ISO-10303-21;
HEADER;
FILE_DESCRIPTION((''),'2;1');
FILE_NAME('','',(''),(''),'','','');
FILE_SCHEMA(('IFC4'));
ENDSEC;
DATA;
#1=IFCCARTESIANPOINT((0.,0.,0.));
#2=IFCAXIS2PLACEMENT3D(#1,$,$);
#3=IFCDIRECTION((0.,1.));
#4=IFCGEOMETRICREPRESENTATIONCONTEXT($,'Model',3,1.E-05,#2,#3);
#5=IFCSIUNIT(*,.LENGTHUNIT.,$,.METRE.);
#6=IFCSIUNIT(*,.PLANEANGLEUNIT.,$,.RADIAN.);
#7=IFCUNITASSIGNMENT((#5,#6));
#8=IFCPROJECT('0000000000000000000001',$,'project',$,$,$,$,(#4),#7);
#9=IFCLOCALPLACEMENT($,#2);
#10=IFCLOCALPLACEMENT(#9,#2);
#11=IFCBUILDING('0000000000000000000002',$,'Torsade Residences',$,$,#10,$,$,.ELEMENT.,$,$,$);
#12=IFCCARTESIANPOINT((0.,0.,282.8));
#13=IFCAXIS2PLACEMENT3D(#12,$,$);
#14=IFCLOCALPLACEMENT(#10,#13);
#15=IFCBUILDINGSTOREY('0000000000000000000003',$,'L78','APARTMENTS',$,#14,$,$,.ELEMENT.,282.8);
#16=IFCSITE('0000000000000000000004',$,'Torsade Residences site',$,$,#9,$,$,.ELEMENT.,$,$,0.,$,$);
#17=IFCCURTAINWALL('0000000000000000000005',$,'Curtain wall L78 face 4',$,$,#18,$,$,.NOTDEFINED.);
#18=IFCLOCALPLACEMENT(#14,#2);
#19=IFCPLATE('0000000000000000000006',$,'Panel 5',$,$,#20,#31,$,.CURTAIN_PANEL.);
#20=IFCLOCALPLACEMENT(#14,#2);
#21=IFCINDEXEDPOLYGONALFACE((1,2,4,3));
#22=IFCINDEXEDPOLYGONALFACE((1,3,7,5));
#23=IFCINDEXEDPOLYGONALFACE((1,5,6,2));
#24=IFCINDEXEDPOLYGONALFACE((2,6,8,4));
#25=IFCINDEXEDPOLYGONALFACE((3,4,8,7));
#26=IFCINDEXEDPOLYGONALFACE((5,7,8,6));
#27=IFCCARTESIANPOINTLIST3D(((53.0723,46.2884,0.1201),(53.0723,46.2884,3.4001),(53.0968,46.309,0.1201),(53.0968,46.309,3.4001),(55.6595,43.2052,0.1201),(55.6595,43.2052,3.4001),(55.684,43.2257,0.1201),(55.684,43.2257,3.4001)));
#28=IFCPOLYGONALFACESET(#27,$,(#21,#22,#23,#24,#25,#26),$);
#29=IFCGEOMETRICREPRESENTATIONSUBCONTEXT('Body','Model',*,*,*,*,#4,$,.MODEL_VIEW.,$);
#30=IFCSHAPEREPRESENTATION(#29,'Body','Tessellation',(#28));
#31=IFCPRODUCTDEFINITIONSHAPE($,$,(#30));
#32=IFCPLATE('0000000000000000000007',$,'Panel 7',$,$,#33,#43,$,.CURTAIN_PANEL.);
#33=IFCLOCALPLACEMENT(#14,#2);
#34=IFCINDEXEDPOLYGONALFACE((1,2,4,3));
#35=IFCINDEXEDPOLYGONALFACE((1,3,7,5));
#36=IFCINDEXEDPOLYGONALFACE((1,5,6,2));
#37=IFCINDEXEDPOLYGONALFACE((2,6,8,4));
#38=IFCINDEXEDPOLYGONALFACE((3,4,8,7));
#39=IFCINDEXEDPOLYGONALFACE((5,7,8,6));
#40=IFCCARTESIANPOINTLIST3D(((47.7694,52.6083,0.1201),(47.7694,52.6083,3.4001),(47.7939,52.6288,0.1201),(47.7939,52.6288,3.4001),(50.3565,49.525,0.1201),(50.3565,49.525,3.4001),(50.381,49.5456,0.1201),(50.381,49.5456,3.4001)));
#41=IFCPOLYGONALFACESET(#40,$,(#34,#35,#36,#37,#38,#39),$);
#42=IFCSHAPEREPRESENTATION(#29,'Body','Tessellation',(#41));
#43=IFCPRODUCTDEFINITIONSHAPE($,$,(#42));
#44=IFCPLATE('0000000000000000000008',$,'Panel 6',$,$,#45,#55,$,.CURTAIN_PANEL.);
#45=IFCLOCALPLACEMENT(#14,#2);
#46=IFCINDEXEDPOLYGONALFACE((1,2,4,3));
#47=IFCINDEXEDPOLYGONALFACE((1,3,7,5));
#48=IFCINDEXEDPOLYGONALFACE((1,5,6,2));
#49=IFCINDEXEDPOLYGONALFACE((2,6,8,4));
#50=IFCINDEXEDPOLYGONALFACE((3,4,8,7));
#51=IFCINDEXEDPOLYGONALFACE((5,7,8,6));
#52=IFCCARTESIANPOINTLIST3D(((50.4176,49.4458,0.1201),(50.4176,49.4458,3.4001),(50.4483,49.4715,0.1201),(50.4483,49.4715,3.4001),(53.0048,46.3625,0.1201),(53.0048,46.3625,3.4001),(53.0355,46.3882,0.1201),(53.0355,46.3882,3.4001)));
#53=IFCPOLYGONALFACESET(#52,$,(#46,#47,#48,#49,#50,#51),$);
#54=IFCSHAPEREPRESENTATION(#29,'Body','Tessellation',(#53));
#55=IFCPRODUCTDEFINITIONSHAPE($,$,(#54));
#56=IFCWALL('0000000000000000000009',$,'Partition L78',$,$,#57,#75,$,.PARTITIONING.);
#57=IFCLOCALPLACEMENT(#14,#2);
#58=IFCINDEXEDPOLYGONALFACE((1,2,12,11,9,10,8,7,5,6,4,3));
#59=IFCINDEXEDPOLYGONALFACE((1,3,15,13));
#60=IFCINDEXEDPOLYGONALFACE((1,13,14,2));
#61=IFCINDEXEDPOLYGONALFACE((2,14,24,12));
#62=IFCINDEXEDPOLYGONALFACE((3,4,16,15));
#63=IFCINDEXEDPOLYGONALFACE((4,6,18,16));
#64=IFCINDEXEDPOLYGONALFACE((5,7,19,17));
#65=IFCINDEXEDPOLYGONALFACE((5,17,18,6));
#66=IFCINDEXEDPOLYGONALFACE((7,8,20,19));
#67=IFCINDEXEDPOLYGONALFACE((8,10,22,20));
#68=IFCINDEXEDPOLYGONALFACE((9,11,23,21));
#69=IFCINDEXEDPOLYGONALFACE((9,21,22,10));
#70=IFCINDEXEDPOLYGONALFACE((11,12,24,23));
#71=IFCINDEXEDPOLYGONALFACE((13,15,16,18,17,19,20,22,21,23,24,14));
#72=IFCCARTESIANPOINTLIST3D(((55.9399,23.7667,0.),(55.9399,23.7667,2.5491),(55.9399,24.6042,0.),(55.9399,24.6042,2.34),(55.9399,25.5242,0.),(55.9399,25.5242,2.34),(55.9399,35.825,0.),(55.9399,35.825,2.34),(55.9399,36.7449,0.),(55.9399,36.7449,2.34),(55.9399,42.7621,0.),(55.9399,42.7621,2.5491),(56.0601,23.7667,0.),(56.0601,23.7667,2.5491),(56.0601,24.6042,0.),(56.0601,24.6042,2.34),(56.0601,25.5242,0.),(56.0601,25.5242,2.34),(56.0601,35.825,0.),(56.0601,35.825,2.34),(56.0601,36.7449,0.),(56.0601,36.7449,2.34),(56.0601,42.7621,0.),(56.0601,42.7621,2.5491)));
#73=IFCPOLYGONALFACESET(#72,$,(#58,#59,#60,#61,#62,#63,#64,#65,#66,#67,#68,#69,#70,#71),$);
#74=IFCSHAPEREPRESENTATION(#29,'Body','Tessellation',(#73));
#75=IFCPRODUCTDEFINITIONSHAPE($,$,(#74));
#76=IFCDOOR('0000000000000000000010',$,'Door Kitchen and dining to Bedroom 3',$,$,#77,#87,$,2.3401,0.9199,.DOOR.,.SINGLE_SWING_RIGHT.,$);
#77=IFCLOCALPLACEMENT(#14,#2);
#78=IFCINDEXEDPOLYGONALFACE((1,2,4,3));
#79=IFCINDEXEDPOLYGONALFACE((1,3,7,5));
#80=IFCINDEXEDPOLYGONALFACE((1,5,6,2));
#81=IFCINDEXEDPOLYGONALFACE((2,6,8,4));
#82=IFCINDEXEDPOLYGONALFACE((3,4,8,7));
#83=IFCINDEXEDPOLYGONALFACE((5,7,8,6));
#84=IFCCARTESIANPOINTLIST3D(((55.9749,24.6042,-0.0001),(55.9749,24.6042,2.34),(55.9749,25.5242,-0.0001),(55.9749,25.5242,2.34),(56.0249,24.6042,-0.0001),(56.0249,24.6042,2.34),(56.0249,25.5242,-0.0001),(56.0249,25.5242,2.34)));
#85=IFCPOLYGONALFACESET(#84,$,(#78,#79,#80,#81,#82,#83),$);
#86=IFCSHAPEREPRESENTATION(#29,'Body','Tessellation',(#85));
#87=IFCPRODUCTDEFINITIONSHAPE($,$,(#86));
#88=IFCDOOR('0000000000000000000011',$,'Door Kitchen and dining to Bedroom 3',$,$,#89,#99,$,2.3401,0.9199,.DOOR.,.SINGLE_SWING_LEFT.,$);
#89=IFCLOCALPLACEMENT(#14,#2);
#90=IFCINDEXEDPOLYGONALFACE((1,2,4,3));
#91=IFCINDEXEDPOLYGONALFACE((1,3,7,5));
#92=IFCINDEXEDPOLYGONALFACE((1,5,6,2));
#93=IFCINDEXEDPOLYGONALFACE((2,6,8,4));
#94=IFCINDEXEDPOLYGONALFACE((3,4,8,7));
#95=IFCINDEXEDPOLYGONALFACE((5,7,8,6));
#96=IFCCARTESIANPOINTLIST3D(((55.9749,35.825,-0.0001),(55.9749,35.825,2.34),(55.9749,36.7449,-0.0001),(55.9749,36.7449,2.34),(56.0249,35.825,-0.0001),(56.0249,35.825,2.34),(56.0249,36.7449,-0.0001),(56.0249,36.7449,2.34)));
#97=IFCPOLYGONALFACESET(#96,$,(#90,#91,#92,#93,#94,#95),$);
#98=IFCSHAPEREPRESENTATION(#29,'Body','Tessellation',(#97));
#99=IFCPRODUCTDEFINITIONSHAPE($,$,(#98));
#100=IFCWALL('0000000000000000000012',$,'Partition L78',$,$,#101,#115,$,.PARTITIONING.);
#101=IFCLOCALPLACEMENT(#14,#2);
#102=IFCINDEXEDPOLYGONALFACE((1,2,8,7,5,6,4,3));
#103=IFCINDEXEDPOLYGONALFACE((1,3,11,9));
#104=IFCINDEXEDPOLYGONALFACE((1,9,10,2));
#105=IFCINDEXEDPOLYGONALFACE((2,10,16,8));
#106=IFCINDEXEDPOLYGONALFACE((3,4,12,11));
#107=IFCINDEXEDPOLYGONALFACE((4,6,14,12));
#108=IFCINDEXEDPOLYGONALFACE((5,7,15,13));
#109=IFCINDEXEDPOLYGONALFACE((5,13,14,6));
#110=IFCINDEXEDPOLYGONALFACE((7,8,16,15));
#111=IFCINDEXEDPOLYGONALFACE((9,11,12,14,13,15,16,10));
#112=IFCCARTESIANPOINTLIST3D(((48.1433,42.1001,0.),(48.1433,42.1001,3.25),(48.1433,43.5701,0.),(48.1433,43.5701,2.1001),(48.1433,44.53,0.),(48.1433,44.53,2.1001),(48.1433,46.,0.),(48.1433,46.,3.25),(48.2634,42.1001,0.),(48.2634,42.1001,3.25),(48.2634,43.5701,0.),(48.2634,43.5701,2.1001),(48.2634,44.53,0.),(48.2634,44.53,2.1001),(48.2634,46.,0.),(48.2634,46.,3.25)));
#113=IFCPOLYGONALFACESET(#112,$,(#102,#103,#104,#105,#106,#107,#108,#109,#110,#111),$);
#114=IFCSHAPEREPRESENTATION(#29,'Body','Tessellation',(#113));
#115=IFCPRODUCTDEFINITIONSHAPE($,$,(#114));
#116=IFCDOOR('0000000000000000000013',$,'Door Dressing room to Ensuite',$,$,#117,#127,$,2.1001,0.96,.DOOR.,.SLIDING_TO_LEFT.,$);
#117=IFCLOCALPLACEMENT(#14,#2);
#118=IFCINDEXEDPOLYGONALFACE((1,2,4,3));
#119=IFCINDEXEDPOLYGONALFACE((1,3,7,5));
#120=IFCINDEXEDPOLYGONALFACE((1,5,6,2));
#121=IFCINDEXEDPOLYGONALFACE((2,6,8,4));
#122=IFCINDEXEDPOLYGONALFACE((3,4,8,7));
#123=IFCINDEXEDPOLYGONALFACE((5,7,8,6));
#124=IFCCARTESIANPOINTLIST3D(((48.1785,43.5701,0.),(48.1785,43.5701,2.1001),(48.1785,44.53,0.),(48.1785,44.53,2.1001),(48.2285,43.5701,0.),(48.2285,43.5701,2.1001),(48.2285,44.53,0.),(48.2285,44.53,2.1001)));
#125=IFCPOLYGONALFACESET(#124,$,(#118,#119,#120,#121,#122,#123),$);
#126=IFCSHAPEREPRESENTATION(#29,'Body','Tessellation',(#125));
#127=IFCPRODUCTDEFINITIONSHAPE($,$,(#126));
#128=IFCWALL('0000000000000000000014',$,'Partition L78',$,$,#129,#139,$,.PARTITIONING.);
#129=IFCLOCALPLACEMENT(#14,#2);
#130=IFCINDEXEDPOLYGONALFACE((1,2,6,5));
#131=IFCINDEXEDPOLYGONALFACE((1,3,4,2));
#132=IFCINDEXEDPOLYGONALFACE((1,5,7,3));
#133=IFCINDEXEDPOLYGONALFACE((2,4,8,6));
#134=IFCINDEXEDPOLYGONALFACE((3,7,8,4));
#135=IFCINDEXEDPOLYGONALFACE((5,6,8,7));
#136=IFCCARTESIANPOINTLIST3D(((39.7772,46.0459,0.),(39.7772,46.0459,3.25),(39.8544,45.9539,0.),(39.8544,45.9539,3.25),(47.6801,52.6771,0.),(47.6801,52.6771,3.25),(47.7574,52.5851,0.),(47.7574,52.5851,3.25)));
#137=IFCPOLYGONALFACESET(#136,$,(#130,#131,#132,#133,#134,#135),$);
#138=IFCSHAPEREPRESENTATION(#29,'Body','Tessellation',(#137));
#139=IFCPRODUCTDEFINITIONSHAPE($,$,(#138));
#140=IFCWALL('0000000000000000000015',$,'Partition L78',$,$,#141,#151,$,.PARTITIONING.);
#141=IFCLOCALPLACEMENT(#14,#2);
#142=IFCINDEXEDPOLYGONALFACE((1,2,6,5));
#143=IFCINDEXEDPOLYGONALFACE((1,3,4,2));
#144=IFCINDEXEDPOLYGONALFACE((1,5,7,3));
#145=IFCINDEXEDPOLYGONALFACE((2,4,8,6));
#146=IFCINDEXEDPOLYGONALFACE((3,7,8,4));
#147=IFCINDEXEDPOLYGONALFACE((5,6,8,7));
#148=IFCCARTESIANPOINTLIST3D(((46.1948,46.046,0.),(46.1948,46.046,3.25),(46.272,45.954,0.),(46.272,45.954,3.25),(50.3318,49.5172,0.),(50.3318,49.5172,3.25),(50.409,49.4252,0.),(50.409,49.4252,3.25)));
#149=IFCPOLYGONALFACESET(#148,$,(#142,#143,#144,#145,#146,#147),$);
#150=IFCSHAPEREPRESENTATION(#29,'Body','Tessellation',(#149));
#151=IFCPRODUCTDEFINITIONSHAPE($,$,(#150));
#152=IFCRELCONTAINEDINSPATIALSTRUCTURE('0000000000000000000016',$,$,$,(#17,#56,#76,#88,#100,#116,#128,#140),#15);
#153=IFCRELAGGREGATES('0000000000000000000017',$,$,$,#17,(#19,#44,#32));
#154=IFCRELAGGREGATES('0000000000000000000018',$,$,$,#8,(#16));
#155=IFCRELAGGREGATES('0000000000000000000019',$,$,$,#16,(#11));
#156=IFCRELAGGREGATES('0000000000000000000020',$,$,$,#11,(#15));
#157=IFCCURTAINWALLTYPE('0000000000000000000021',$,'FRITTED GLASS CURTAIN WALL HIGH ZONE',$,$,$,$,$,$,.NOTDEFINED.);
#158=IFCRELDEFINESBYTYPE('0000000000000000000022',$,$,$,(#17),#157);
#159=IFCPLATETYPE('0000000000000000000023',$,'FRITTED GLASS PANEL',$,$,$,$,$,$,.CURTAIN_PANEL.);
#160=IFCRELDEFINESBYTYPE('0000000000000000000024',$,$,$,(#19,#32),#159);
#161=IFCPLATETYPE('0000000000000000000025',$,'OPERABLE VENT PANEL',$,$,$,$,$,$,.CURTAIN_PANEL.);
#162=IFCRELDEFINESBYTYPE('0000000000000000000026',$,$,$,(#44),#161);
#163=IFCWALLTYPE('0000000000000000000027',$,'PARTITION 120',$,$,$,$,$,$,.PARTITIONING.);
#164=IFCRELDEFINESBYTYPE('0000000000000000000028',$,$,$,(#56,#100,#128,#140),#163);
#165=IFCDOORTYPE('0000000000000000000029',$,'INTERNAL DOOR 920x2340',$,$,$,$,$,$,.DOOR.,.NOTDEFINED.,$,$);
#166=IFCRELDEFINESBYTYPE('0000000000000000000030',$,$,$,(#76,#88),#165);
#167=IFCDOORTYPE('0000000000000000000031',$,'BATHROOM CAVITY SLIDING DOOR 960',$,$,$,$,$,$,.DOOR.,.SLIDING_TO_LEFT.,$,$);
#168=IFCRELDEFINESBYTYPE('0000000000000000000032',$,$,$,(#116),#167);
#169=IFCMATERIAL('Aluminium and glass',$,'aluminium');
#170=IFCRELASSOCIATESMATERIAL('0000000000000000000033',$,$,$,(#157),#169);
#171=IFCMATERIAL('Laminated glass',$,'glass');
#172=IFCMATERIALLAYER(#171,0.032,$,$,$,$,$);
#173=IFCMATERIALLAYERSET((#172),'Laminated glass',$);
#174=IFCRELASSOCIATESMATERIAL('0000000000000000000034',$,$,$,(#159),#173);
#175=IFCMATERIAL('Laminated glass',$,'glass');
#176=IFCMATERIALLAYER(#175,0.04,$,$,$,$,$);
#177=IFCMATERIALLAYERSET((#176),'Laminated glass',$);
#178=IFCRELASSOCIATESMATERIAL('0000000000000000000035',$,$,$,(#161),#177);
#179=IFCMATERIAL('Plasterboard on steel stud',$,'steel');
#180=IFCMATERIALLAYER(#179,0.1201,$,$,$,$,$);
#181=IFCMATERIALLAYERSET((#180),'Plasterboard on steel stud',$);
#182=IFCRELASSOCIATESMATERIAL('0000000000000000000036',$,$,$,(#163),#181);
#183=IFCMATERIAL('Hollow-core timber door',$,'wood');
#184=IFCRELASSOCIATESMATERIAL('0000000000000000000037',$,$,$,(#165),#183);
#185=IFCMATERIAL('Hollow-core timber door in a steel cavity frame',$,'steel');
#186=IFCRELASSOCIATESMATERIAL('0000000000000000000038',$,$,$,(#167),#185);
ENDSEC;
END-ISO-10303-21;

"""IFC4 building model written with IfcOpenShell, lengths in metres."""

from ifc_helpers import new_model, si_unit, direction, frame, frame_2d, origin, origin_2d, place, context, subcontext, project, spatial, rectangle, extrude, material, layer, layer_set, type_object, element, fill, aggregate, save


model = new_model("IFC4")

# Units and contexts
model_context = context("Model", 3, precision=1e-05, world=origin(), true_north=direction((0.0, 1.0)))
body_context = subcontext(model_context, "Body", "Model", "MODEL_VIEW")
ifc_project = project(units=[si_unit("LENGTHUNIT", "METRE"), si_unit("PLANEANGLEUNIT", "RADIAN")], contexts=[model_context])

# Site, building, storey
site_placement = place(None, origin())
site = spatial("IfcSite", under=ifc_project, at=site_placement, Name="Torsade Residences site", CompositionType="ELEMENT", RefElevation=0.0)
building_placement = place(site_placement, origin())
building = spatial("IfcBuilding", under=site, at=building_placement, Name="Torsade Residences", CompositionType="ELEMENT")
storey_placement = place(building_placement, frame((0.0, 0.0, 282.8)))
storey = spatial("IfcBuildingStorey", under=building, at=storey_placement, Name="L78", Description="APARTMENTS", CompositionType="ELEMENT", Elevation=282.8)

# Curtain wall
ifc_material_1 = material(Name="Aluminium and glass", Category="aluminium")
curtain_wall_type = type_object("IfcCurtainWallType", Name="FRITTED GLASS CURTAIN WALL HIGH ZONE", PredefinedType="NOTDEFINED", material=ifc_material_1)
curtain_wall_placement = place(storey_placement, origin())
curtain_wall = element("IfcCurtainWall", 1, at=curtain_wall_placement, inside=storey, type_object=curtain_wall_type, Name="Curtain wall L78 face 4", PredefinedType="NOTDEFINED")

# Plates
ifc_material_2 = material(Name="Laminated glass", Category="glass")
ifc_layer_1 = layer(ifc_material_2, 0.032)
ifc_layer_set_1 = layer_set([ifc_layer_1], Name="Laminated glass")
plate_type_1 = type_object("IfcPlateType", Name="FRITTED GLASS PANEL", PredefinedType="CURTAIN_PANEL", material=ifc_layer_set_1)
plate_1_placement = place(storey_placement, frame((54.3782, 44.7571, 0.1201), z_axis=(0.0, 0.0, 1.0), x_axis=(-0.642788, 0.766044, 0.0)))
plate_1 = element("IfcPlate", 2, at=plate_1_placement, type_object=plate_type_1, Name="Panel 5", PredefinedType="CURTAIN_PANEL", context=body_context, shape_type="SweptSolid", body=[
    extrude(rectangle(XDim=4.0249, YDim=0.032, at=origin_2d()), origin(), (0.0, 0.0, 1.0), 3.28),
])
plate_2_placement = place(storey_placement, frame((49.0752, 51.0769, 0.1201), z_axis=(0.0, 0.0, 1.0), x_axis=(-0.642788, 0.766044, 0.0)))
plate_2 = element("IfcPlate", 3, at=plate_2_placement, type_object=plate_type_1, Name="Panel 7", PredefinedType="CURTAIN_PANEL", context=body_context, shape_type="SweptSolid", body=[
    extrude(rectangle(XDim=4.0249, YDim=0.032, at=origin_2d()), origin(), (0.0, 0.0, 1.0), 3.28),
])
ifc_material_3 = material(Name="Laminated glass", Category="glass")
ifc_layer_2 = layer(ifc_material_3, 0.04)
ifc_layer_set_2 = layer_set([ifc_layer_2], Name="Laminated glass")
plate_type_2 = type_object("IfcPlateType", Name="OPERABLE VENT PANEL", PredefinedType="CURTAIN_PANEL", material=ifc_layer_set_2)
plate_3_placement = place(storey_placement, frame((51.7266, 47.917, 0.1201), z_axis=(0.0, 0.0, 1.0), x_axis=(-0.642788, 0.766044, 0.0)))
plate_3 = element("IfcPlate", 4, at=plate_3_placement, type_object=plate_type_2, Name="Panel 6", PredefinedType="CURTAIN_PANEL", context=body_context, shape_type="SweptSolid", body=[
    extrude(rectangle(XDim=4.0249, YDim=0.04, at=origin_2d()), origin(), (0.0, 0.0, 1.0), 3.28),
])
aggregate(curtain_wall, [plate_1, plate_3, plate_2])

# Wall, openings, doors
ifc_material_4 = material(Name="Plasterboard on steel stud", Category="steel")
ifc_layer_3 = layer(ifc_material_4, 0.1201)
ifc_layer_set_3 = layer_set([ifc_layer_3], Name="Plasterboard on steel stud")
wall_type = type_object("IfcWallType", Name="PARTITION 120", PredefinedType="PARTITIONING", material=ifc_layer_set_3)
wall_1_placement = place(storey_placement, frame((56.0, 42.762, 0.0), z_axis=(0.0, 0.0, 1.0), x_axis=(0.0, -1.0, 0.0)))
wall_1 = element("IfcWall", 5, at=wall_1_placement, inside=storey, type_object=wall_type, Name="Partition L78", PredefinedType="PARTITIONING", context=body_context, shape_type="SweptSolid", body=[
    extrude(rectangle(XDim=18.9954, YDim=0.1201, at=frame_2d((9.4976, 0.0))), origin(), (0.0, 0.0, 1.0), 2.5491),
])
opening_1_placement = place(wall_1_placement, frame((17.2378, 0.0, 0.0)))
opening_1 = element("IfcOpeningElement", 6, at=opening_1_placement, cuts=wall_1, PredefinedType="OPENING", context=body_context, shape_type="SweptSolid", body=[
    extrude(rectangle(XDim=0.9199, YDim=2.3401, at=frame_2d((0.46, 1.1699))), frame((0.0, 0.0701, 0.0), z_axis=(0.0, -1.0, 0.0), x_axis=(1.0, 0.0, 0.0)), (0.0, 0.0, 1.0), 0.1401),
])
opening_2_placement = place(wall_1_placement, frame((6.0171, 0.0, 0.0)))
opening_2 = element("IfcOpeningElement", 7, at=opening_2_placement, cuts=wall_1, PredefinedType="OPENING", context=body_context, shape_type="SweptSolid", body=[
    extrude(rectangle(XDim=0.9199, YDim=2.3401, at=frame_2d((0.46, 1.1699))), frame((0.0, 0.0701, 0.0), z_axis=(0.0, -1.0, 0.0), x_axis=(1.0, 0.0, 0.0)), (0.0, 0.0, 1.0), 0.1401),
])
ifc_material_5 = material(Name="Hollow-core timber door", Category="wood")
door_type_1 = type_object("IfcDoorType", Name="INTERNAL DOOR 920x2340", OperationType="NOTDEFINED", PredefinedType="DOOR", material=ifc_material_5)
door_1_placement = place(opening_1_placement, origin())
door_1 = element("IfcDoor", 8, at=door_1_placement, inside=storey, type_object=door_type_1, Name="Door Kitchen and dining to Bedroom 3", OperationType="SINGLE_SWING_RIGHT", OverallHeight=2.3401, OverallWidth=0.9199, PredefinedType="DOOR", context=body_context, shape_type="SweptSolid", body=[
    extrude(rectangle(XDim=0.9199, YDim=2.3401, at=frame_2d((0.46, 1.1699))), frame((0.0, 0.0249, 0.0), z_axis=(0.0, -1.0, 0.0), x_axis=(1.0, 0.0, 0.0)), (0.0, 0.0, 1.0), 0.05),
])
fill(opening_1, door_1)
door_2_placement = place(opening_2_placement, origin())
door_2 = element("IfcDoor", 9, at=door_2_placement, inside=storey, type_object=door_type_1, Name="Door Kitchen and dining to Bedroom 3", OperationType="SINGLE_SWING_LEFT", OverallHeight=2.3401, OverallWidth=0.9199, PredefinedType="DOOR", context=body_context, shape_type="SweptSolid", body=[
    extrude(rectangle(XDim=0.9199, YDim=2.3401, at=frame_2d((0.46, 1.1699))), frame((0.0, 0.0249, 0.0), z_axis=(0.0, -1.0, 0.0), x_axis=(1.0, 0.0, 0.0)), (0.0, 0.0, 1.0), 0.05),
])
fill(opening_2, door_2)

# Wall, opening, door
wall_2_placement = place(storey_placement, frame((48.2034, 42.1001, 0.0), z_axis=(0.0, 0.0, 1.0), x_axis=(0.0, 1.0, 0.0)))
wall_2 = element("IfcWall", 10, at=wall_2_placement, inside=storey, type_object=wall_type, Name="Partition L78", PredefinedType="PARTITIONING", context=body_context, shape_type="SweptSolid", body=[
    extrude(rectangle(XDim=3.8999, YDim=0.1201, at=frame_2d((1.95, 0.0))), origin(), (0.0, 0.0, 1.0), 3.25),
])
opening_3_placement = place(wall_2_placement, frame((1.47, 0.0, 0.0)))
opening_3 = element("IfcOpeningElement", 11, at=opening_3_placement, cuts=wall_2, PredefinedType="OPENING", context=body_context, shape_type="SweptSolid", body=[
    extrude(rectangle(XDim=0.96, YDim=2.1001, at=frame_2d((0.48, 1.05))), frame((0.0, 0.0701, 0.0), z_axis=(0.0, -1.0, 0.0), x_axis=(1.0, 0.0, 0.0)), (0.0, 0.0, 1.0), 0.1401),
])
ifc_material_6 = material(Name="Hollow-core timber door in a steel cavity frame", Category="steel")
door_type_2 = type_object("IfcDoorType", Name="BATHROOM CAVITY SLIDING DOOR 960", OperationType="SLIDING_TO_LEFT", PredefinedType="DOOR", material=ifc_material_6)
door_3_placement = place(opening_3_placement, origin())
door_3 = element("IfcDoor", 12, at=door_3_placement, inside=storey, type_object=door_type_2, Name="Door Dressing room to Ensuite", OperationType="SLIDING_TO_LEFT", OverallHeight=2.1001, OverallWidth=0.96, PredefinedType="DOOR", context=body_context, shape_type="SweptSolid", body=[
    extrude(rectangle(XDim=0.96, YDim=2.1001, at=frame_2d((0.48, 1.05))), frame((0.0, 0.0249, 0.0), z_axis=(0.0, -1.0, 0.0), x_axis=(1.0, 0.0, 0.0)), (0.0, 0.0, 1.0), 0.05),
])
fill(opening_3, door_3)

# Walls
wall_3_placement = place(storey_placement, frame((47.7188, 52.6311, 0.0), z_axis=(0.0, 0.0, 1.0), x_axis=(-0.766052, -0.642779, 0.0)))
element("IfcWall", 13, at=wall_3_placement, inside=storey, type_object=wall_type, Name="Partition L78", PredefinedType="PARTITIONING", context=body_context, shape_type="SweptSolid", body=[
    extrude(rectangle(XDim=10.3164, YDim=0.1201, at=frame_2d((5.1582, 0.0))), origin(), (0.0, 0.0, 1.0), 3.25),
])
wall_4_placement = place(storey_placement, frame((50.3704, 49.4712, 0.0), z_axis=(0.0, 0.0, 1.0), x_axis=(-0.766057, -0.642773, 0.0)))
element("IfcWall", 14, at=wall_4_placement, inside=storey, type_object=wall_type, Name="Partition L78", PredefinedType="PARTITIONING", context=body_context, shape_type="SweptSolid", body=[
    extrude(rectangle(XDim=5.4004, YDim=0.1201, at=frame_2d((2.7002, 0.0))), origin(), (0.0, 0.0, 1.0), 3.25),
])

save(model, "model.ifc")
